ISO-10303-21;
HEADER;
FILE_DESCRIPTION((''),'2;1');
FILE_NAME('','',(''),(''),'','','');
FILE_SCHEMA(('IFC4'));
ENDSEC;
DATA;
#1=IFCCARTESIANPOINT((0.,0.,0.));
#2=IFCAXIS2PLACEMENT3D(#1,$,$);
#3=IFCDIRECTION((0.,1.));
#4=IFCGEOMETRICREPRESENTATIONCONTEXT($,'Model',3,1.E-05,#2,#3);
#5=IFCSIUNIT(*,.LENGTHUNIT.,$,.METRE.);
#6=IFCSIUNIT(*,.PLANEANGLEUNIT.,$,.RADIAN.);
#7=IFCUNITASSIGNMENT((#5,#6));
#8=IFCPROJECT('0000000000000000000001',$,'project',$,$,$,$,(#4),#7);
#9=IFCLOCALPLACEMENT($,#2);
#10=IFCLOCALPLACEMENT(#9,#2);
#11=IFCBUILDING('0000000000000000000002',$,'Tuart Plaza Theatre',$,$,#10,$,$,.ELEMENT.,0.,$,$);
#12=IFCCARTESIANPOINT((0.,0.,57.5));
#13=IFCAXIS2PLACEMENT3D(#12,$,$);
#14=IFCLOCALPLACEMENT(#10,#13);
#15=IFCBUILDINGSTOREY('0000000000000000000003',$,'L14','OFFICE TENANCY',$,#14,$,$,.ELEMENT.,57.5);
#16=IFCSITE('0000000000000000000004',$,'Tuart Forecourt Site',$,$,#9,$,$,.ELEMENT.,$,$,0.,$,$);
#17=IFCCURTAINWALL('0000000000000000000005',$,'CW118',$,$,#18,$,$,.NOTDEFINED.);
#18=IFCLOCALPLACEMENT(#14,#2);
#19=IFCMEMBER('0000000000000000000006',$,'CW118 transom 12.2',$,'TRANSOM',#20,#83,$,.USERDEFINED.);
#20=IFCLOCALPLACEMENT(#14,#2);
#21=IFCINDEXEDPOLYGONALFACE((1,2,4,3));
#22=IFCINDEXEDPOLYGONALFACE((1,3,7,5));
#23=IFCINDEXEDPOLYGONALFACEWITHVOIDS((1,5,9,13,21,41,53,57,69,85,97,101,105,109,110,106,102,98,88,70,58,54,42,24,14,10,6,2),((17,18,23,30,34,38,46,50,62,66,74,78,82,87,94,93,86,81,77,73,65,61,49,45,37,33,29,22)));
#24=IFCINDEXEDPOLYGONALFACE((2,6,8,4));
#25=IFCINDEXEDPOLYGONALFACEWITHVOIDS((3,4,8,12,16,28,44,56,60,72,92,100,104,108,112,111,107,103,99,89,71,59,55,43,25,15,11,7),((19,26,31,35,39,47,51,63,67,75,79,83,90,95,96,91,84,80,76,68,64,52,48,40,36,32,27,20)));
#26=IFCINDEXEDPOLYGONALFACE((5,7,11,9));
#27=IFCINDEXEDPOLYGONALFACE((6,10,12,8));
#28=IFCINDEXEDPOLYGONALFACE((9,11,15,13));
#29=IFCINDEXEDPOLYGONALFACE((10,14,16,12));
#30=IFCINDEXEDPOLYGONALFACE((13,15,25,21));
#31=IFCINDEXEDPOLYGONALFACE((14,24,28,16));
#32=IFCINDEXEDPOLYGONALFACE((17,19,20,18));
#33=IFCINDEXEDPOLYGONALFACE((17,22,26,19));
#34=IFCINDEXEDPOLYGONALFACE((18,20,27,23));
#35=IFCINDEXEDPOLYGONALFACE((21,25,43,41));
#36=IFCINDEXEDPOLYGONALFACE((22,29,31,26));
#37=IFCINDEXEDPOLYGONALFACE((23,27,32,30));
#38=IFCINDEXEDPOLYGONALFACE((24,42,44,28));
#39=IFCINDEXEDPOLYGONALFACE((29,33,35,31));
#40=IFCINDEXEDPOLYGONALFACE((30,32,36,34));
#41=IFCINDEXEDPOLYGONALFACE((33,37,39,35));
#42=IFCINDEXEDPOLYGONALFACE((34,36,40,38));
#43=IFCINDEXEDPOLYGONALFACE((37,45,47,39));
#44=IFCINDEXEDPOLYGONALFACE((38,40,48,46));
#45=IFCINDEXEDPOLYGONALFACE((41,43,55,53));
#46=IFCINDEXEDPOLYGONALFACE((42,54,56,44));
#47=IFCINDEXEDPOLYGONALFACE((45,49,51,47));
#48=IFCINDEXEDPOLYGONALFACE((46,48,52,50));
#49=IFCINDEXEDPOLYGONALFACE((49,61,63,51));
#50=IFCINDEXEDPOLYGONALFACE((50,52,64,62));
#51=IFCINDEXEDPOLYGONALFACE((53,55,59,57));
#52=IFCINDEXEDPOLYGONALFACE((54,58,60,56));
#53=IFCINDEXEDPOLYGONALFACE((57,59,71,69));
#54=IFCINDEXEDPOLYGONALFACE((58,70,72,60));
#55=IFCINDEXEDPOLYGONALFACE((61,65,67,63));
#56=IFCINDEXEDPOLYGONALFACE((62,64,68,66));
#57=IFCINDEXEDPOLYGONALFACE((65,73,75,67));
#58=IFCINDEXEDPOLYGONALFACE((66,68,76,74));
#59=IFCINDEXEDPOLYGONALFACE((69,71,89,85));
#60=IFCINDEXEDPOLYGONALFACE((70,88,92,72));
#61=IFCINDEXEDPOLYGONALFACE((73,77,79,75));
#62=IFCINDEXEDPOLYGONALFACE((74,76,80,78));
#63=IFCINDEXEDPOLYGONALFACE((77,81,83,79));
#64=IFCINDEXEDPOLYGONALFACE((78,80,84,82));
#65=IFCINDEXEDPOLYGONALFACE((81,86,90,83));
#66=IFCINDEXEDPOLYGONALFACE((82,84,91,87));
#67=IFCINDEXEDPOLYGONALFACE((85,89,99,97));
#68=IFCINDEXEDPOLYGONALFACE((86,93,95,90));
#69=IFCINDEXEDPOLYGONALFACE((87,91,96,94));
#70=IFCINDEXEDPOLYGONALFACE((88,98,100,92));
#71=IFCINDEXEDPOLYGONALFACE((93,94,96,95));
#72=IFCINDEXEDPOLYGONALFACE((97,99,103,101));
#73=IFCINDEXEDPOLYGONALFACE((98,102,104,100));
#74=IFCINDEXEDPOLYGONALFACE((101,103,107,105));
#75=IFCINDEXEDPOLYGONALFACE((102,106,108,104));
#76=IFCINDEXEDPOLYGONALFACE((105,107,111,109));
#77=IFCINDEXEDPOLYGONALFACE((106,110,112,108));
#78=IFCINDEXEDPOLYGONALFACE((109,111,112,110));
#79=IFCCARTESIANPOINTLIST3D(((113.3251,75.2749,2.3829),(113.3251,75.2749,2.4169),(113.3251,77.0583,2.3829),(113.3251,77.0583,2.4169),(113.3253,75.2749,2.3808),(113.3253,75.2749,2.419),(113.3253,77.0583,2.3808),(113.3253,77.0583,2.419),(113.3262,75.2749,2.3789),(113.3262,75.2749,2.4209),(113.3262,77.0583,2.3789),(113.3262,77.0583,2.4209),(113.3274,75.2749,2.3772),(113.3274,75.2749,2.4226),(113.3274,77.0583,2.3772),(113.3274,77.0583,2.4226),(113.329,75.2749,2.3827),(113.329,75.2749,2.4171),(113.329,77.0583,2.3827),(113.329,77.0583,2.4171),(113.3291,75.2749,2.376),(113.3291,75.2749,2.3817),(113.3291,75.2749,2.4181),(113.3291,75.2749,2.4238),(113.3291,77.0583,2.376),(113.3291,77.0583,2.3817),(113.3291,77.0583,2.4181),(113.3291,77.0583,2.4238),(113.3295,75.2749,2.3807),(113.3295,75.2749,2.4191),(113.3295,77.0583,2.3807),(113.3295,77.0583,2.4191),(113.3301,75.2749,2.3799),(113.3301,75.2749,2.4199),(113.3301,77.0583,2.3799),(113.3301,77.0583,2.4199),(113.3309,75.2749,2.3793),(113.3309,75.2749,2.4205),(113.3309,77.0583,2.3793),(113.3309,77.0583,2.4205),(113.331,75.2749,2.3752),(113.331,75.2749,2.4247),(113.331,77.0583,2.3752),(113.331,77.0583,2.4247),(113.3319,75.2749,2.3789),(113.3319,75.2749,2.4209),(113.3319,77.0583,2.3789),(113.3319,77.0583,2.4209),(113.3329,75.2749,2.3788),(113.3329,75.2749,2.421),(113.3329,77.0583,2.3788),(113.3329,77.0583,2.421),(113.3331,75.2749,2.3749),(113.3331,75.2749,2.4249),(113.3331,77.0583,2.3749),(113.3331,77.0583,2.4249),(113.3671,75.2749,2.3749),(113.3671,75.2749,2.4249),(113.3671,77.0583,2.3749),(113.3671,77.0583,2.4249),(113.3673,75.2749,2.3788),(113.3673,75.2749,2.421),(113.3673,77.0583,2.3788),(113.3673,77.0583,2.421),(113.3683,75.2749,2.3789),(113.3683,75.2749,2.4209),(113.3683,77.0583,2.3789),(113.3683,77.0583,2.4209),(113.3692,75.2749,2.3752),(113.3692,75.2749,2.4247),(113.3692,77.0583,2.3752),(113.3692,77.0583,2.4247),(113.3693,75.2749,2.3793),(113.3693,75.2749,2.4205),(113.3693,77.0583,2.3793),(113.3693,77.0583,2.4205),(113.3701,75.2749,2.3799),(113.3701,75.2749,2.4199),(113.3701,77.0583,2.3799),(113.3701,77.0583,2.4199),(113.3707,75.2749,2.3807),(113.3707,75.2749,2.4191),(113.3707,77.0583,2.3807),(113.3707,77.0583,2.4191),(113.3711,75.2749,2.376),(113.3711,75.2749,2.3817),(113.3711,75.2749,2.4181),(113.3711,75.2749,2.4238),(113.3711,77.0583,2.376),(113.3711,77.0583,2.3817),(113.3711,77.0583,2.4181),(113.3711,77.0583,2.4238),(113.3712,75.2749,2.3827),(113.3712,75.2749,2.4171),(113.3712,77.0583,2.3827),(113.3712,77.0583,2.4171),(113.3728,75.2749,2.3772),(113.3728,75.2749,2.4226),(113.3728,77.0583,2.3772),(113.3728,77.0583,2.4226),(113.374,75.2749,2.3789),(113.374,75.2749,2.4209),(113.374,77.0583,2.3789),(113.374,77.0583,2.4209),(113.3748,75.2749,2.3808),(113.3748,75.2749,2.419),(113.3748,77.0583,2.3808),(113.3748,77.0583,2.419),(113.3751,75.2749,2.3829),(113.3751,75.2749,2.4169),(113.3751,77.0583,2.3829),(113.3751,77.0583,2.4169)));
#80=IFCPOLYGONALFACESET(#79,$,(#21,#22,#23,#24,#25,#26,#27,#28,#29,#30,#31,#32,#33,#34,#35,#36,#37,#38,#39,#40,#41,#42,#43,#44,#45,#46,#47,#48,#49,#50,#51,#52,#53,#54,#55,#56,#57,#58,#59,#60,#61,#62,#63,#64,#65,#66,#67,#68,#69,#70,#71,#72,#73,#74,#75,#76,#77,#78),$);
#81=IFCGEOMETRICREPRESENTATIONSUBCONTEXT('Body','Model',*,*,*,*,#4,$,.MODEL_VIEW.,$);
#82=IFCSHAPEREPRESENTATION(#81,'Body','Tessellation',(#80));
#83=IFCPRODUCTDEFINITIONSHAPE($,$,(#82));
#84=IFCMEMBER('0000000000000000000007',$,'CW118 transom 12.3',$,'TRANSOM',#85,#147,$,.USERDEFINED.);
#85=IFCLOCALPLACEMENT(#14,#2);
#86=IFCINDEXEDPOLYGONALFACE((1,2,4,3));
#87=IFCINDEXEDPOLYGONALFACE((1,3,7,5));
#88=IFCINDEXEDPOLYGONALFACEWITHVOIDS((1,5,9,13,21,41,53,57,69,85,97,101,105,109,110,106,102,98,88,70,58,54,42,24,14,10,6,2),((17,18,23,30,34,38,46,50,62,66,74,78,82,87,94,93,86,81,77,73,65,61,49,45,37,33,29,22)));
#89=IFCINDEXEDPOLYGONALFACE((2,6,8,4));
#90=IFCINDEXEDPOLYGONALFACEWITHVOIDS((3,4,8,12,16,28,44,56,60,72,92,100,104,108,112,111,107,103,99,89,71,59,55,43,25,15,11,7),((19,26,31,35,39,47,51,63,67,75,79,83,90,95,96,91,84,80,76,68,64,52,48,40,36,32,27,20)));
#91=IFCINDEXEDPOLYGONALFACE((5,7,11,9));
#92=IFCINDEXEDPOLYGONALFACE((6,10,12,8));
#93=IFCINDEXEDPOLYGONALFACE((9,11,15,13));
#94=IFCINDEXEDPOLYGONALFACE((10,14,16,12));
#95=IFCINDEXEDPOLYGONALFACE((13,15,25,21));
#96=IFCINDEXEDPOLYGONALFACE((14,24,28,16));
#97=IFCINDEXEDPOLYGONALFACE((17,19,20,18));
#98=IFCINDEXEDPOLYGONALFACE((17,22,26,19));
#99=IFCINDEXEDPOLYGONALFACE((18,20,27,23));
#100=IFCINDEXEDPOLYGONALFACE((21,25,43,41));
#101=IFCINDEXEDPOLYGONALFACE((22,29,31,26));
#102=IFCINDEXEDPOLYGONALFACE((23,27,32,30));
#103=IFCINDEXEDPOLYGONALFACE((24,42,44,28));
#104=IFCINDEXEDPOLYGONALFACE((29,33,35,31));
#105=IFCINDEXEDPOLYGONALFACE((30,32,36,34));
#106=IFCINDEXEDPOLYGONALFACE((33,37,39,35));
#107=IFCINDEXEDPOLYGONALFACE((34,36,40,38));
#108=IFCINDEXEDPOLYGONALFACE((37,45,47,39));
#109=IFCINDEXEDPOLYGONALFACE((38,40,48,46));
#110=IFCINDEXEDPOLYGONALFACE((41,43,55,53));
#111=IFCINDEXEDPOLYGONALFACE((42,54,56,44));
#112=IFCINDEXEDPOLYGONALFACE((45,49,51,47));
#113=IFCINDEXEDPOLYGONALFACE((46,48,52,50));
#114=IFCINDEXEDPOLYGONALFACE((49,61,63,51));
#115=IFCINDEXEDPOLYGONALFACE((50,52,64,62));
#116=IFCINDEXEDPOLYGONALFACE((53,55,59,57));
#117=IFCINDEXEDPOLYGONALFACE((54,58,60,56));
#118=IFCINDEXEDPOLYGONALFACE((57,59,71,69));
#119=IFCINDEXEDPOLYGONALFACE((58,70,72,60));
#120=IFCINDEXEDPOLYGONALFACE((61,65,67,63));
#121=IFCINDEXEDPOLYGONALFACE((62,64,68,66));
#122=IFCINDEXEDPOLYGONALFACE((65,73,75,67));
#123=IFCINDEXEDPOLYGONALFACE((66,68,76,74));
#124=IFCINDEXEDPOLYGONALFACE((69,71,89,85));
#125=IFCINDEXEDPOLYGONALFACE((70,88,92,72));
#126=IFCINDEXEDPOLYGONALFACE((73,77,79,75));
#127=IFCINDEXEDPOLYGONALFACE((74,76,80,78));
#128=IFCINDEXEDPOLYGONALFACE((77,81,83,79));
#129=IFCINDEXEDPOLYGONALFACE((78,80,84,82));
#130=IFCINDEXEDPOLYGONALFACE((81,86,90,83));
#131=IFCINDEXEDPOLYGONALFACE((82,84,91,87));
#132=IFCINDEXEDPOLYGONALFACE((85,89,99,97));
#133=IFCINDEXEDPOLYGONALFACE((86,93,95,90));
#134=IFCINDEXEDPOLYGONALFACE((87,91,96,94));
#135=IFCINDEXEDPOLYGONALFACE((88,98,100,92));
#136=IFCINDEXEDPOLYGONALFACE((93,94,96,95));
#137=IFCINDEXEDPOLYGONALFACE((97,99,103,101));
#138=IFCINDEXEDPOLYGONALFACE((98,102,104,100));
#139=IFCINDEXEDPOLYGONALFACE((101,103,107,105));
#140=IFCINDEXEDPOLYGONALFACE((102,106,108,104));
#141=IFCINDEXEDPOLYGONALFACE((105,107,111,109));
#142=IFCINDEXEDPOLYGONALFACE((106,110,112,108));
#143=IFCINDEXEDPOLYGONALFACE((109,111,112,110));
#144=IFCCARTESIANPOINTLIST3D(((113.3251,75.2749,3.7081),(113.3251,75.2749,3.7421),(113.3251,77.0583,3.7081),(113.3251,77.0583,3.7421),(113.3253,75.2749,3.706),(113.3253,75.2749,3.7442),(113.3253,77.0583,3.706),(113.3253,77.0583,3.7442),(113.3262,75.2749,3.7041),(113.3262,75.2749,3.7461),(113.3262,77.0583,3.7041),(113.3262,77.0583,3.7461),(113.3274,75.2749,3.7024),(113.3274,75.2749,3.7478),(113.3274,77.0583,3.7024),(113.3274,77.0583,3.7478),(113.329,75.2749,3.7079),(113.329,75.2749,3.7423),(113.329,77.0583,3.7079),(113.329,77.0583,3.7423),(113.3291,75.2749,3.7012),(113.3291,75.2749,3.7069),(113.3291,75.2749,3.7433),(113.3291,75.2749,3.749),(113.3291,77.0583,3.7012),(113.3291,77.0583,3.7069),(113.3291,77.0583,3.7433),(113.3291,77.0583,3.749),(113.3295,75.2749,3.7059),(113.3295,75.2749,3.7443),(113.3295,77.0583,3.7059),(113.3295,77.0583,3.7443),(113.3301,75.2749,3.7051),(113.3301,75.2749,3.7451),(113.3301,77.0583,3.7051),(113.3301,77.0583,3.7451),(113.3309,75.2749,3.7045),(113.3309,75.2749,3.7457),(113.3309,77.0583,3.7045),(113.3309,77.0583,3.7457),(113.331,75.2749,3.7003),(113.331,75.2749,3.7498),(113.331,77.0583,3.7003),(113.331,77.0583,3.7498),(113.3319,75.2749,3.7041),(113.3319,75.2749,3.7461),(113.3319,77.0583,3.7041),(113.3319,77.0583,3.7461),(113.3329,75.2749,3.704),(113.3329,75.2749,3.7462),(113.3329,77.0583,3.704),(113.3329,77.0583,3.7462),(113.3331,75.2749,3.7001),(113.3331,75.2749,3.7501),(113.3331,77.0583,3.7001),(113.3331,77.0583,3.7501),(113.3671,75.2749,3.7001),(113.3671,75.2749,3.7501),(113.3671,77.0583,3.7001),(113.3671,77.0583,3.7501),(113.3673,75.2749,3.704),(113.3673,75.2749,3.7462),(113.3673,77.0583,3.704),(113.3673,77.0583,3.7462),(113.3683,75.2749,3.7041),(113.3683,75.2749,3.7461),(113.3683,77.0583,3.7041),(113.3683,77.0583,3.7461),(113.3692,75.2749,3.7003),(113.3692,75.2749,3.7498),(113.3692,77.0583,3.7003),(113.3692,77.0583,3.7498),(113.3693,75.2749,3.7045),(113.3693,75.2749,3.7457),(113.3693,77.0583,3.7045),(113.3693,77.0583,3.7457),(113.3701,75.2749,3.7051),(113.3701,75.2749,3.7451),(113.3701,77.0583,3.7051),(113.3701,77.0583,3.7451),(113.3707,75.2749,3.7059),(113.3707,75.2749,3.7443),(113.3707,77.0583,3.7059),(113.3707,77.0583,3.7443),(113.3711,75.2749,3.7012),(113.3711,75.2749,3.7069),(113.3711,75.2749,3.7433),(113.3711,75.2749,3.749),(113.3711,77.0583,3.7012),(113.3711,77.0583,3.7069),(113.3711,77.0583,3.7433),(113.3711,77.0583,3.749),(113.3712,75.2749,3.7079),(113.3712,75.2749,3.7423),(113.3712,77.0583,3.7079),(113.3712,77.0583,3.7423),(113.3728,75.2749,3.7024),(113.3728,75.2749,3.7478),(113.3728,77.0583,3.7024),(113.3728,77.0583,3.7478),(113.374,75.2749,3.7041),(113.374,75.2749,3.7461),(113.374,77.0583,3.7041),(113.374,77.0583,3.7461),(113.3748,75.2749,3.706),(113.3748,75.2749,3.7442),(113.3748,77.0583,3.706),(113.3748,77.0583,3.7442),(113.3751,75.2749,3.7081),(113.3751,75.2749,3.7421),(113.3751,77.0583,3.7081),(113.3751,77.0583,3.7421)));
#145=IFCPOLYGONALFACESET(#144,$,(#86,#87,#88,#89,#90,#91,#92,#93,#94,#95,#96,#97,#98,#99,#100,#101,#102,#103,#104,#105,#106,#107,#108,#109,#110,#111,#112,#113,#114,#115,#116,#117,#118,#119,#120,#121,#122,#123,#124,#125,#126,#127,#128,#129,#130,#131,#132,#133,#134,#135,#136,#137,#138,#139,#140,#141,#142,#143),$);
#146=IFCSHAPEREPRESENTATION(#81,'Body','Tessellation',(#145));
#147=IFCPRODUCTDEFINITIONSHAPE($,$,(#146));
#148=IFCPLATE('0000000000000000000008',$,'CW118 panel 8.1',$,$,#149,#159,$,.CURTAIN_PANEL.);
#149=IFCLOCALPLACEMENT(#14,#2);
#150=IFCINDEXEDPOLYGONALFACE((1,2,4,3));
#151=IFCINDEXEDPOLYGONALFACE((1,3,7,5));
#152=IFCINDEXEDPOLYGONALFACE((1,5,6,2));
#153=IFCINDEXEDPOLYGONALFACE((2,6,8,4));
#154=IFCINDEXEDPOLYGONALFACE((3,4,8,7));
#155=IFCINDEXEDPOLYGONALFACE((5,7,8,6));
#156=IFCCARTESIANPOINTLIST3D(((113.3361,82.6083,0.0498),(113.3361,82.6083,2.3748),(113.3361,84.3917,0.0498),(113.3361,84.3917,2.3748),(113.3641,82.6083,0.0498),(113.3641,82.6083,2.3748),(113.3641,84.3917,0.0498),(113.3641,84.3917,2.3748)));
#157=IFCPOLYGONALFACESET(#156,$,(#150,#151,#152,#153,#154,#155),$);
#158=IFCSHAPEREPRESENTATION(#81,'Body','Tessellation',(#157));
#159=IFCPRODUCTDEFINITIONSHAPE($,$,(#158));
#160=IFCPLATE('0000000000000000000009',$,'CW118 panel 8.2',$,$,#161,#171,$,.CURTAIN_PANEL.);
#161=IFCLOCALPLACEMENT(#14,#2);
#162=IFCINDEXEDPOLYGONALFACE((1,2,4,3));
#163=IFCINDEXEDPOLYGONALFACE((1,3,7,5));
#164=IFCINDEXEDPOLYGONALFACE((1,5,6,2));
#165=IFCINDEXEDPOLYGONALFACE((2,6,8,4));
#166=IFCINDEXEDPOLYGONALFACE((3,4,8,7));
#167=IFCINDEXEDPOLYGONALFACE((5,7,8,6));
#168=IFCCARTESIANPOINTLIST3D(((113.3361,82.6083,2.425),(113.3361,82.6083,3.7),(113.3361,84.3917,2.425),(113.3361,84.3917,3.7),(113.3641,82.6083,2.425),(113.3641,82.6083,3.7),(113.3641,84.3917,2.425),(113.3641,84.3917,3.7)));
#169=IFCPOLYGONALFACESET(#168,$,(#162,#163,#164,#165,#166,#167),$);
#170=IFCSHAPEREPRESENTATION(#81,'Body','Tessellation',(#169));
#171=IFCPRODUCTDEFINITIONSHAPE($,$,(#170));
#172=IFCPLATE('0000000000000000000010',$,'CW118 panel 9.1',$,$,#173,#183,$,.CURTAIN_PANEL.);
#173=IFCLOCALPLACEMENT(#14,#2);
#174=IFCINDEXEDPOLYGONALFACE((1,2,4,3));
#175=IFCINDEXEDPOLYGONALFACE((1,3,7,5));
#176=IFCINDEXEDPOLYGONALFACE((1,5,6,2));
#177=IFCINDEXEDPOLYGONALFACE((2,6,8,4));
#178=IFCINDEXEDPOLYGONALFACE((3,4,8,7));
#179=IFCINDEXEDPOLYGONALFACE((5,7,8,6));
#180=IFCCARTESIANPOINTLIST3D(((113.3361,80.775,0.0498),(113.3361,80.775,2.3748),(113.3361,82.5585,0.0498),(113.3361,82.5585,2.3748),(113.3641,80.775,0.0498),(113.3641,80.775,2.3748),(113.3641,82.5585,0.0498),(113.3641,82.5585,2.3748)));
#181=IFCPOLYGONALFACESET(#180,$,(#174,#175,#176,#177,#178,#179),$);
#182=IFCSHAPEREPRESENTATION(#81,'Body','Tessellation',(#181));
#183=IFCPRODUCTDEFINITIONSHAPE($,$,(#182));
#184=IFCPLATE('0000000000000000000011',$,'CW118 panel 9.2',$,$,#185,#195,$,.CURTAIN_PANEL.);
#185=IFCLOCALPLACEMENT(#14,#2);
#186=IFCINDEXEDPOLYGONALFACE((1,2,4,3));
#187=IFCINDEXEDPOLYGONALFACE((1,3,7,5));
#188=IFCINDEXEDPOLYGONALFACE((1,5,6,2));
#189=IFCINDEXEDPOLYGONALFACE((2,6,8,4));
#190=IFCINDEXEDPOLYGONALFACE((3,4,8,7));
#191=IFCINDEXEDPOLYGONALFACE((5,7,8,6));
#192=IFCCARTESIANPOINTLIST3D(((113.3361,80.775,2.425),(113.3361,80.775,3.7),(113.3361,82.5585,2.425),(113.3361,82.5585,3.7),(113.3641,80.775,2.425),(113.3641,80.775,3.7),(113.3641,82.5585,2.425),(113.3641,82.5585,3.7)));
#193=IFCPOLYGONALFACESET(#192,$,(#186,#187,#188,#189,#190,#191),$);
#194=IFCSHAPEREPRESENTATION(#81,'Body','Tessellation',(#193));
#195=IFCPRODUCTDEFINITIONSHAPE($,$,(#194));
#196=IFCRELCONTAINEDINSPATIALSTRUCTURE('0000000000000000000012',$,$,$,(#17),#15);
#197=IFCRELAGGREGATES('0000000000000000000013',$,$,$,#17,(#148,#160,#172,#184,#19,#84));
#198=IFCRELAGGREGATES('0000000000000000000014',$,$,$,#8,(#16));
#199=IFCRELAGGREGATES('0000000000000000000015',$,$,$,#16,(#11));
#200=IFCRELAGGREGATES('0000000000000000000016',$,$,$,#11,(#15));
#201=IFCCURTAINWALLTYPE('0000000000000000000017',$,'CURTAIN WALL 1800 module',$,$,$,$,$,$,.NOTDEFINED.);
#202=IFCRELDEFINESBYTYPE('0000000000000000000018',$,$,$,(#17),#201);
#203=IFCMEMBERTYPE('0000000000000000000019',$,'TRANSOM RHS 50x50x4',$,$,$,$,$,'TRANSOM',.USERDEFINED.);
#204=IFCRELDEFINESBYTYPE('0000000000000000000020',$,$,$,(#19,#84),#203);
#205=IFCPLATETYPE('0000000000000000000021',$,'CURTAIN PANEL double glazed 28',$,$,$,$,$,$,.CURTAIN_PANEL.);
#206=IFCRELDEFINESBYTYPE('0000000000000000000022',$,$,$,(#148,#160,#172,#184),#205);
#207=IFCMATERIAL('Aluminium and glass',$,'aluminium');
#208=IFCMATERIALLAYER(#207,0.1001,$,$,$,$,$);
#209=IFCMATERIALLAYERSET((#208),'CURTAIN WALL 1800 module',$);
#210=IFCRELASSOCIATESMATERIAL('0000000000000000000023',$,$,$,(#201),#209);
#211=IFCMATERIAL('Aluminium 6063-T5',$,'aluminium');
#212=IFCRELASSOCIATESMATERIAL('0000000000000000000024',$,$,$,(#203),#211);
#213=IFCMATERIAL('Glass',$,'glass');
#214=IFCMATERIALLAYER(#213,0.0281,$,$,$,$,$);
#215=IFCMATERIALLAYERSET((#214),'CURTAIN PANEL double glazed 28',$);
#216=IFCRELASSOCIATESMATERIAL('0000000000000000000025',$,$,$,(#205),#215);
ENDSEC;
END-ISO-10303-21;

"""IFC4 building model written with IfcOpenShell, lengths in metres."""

from ifc_helpers import new_model, si_unit, direction, frame, origin, origin_2d, place, context, subcontext, project, spatial, rectangle, hollow_rectangle, extrude, material, layer, layer_set, material_profile, profile_set, type_object, element, aggregate, save


model = new_model("IFC4")

# Units and contexts
model_context = context("Model", 3, precision=1e-05, world=origin(), true_north=direction((0.0, 1.0)))
body_context = subcontext(model_context, "Body", "Model", "MODEL_VIEW")
ifc_project = project(units=[si_unit("LENGTHUNIT", "METRE"), si_unit("PLANEANGLEUNIT", "RADIAN")], contexts=[model_context])

# Site, building, storey
site_placement = place(None, origin())
site = spatial("IfcSite", under=ifc_project, at=site_placement, Name="Tuart Forecourt Site", CompositionType="ELEMENT", RefElevation=0.0)
building_placement = place(site_placement, origin())
building = spatial("IfcBuilding", under=site, at=building_placement, Name="Tuart Plaza Theatre", CompositionType="ELEMENT", ElevationOfRefHeight=0.0)
storey_placement = place(building_placement, frame((0.0, 0.0, 57.5)))
storey = spatial("IfcBuildingStorey", under=building, at=storey_placement, Name="L14", Description="OFFICE TENANCY", CompositionType="ELEMENT", Elevation=57.5)

# Curtain wall, members, plates
ifc_material_1 = material(Name="Aluminium and glass", Category="aluminium")
ifc_layer_1 = layer(ifc_material_1, 0.1001)
ifc_layer_set_1 = layer_set([ifc_layer_1], Name="CURTAIN WALL 1800 module")
curtain_wall_type = type_object("IfcCurtainWallType", Name="CURTAIN WALL 1800 module", PredefinedType="NOTDEFINED", material=ifc_layer_set_1)
curtain_wall_placement = place(storey_placement, origin())
curtain_wall = element("IfcCurtainWall", 1, at=curtain_wall_placement, inside=storey, type_object=curtain_wall_type, Name="CW118", PredefinedType="NOTDEFINED")
ifc_material_2 = material(Name="Aluminium 6063-T5", Category="aluminium")
ifc_material_profile = material_profile(ifc_material_2, hollow_rectangle(XDim=0.05, YDim=0.05, WallThickness=0.0039, InnerFilletRadius=0.0039, OuterFilletRadius=0.0081, at=origin_2d()), Name="RHS 50x50x4")
ifc_profile_set = profile_set([ifc_material_profile], Name="Aluminium 6063-T5")
member_type = type_object("IfcMemberType", Name="TRANSOM RHS 50x50x4", ElementType="TRANSOM", PredefinedType="USERDEFINED", material=ifc_profile_set)
member_1_placement = place(storey_placement, frame((113.3501, 77.0583, 2.3999), z_axis=(0.0, -1.0, 0.0), x_axis=(1.0, 0.0, 0.0)))
member_1 = element("IfcMember", 2, at=member_1_placement, type_object=member_type, Name="CW118 transom 12.2", ObjectType="TRANSOM", PredefinedType="USERDEFINED", context=body_context, shape_type="SweptSolid", body=[
    extrude(hollow_rectangle(XDim=0.05, YDim=0.05, WallThickness=0.0039, InnerFilletRadius=0.0039, OuterFilletRadius=0.0081, at=origin_2d()), origin(), (0.0, 0.0, 1.0), 1.7834),
])
member_2_placement = place(storey_placement, frame((113.3501, 77.0583, 3.7251), z_axis=(0.0, -1.0, 0.0), x_axis=(1.0, 0.0, 0.0)))
member_2 = element("IfcMember", 3, at=member_2_placement, type_object=member_type, Name="CW118 transom 12.3", ObjectType="TRANSOM", PredefinedType="USERDEFINED", context=body_context, shape_type="SweptSolid", body=[
    extrude(hollow_rectangle(XDim=0.05, YDim=0.05, WallThickness=0.0039, InnerFilletRadius=0.0039, OuterFilletRadius=0.0081, at=origin_2d()), origin(), (0.0, 0.0, 1.0), 1.7834),
])
ifc_material_3 = material(Name="Glass", Category="glass")
ifc_layer_2 = layer(ifc_material_3, 0.0281)
ifc_layer_set_2 = layer_set([ifc_layer_2], Name="CURTAIN PANEL double glazed 28")
plate_type = type_object("IfcPlateType", Name="CURTAIN PANEL double glazed 28", PredefinedType="CURTAIN_PANEL", material=ifc_layer_set_2)
plate_1_placement = place(storey_placement, frame((113.3501, 83.5, 0.0498), z_axis=(0.0, 0.0, 1.0), x_axis=(0.0, -1.0, 0.0)))
plate_1 = element("IfcPlate", 4, at=plate_1_placement, type_object=plate_type, Name="CW118 panel 8.1", PredefinedType="CURTAIN_PANEL", context=body_context, shape_type="SweptSolid", body=[
    extrude(rectangle(XDim=1.7834, YDim=0.0281, at=origin_2d()), origin(), (0.0, 0.0, 1.0), 2.325),
])
plate_2_placement = place(storey_placement, frame((113.3501, 83.5, 2.425), z_axis=(0.0, 0.0, 1.0), x_axis=(0.0, -1.0, 0.0)))
plate_2 = element("IfcPlate", 5, at=plate_2_placement, type_object=plate_type, Name="CW118 panel 8.2", PredefinedType="CURTAIN_PANEL", context=body_context, shape_type="SweptSolid", body=[
    extrude(rectangle(XDim=1.7834, YDim=0.0281, at=origin_2d()), origin(), (0.0, 0.0, 1.0), 1.2749),
])
plate_3_placement = place(storey_placement, frame((113.3501, 81.6667, 0.0498), z_axis=(0.0, 0.0, 1.0), x_axis=(0.0, -1.0, 0.0)))
plate_3 = element("IfcPlate", 6, at=plate_3_placement, type_object=plate_type, Name="CW118 panel 9.1", PredefinedType="CURTAIN_PANEL", context=body_context, shape_type="SweptSolid", body=[
    extrude(rectangle(XDim=1.7834, YDim=0.0281, at=origin_2d()), origin(), (0.0, 0.0, 1.0), 2.325),
])
plate_4_placement = place(storey_placement, frame((113.3501, 81.6667, 2.425), z_axis=(0.0, 0.0, 1.0), x_axis=(0.0, -1.0, 0.0)))
plate_4 = element("IfcPlate", 7, at=plate_4_placement, type_object=plate_type, Name="CW118 panel 9.2", PredefinedType="CURTAIN_PANEL", context=body_context, shape_type="SweptSolid", body=[
    extrude(rectangle(XDim=1.7834, YDim=0.0281, at=origin_2d()), origin(), (0.0, 0.0, 1.0), 1.2749),
])
aggregate(curtain_wall, [plate_1, plate_2, plate_3, plate_4, member_1, member_2])

save(model, "model.ifc")
